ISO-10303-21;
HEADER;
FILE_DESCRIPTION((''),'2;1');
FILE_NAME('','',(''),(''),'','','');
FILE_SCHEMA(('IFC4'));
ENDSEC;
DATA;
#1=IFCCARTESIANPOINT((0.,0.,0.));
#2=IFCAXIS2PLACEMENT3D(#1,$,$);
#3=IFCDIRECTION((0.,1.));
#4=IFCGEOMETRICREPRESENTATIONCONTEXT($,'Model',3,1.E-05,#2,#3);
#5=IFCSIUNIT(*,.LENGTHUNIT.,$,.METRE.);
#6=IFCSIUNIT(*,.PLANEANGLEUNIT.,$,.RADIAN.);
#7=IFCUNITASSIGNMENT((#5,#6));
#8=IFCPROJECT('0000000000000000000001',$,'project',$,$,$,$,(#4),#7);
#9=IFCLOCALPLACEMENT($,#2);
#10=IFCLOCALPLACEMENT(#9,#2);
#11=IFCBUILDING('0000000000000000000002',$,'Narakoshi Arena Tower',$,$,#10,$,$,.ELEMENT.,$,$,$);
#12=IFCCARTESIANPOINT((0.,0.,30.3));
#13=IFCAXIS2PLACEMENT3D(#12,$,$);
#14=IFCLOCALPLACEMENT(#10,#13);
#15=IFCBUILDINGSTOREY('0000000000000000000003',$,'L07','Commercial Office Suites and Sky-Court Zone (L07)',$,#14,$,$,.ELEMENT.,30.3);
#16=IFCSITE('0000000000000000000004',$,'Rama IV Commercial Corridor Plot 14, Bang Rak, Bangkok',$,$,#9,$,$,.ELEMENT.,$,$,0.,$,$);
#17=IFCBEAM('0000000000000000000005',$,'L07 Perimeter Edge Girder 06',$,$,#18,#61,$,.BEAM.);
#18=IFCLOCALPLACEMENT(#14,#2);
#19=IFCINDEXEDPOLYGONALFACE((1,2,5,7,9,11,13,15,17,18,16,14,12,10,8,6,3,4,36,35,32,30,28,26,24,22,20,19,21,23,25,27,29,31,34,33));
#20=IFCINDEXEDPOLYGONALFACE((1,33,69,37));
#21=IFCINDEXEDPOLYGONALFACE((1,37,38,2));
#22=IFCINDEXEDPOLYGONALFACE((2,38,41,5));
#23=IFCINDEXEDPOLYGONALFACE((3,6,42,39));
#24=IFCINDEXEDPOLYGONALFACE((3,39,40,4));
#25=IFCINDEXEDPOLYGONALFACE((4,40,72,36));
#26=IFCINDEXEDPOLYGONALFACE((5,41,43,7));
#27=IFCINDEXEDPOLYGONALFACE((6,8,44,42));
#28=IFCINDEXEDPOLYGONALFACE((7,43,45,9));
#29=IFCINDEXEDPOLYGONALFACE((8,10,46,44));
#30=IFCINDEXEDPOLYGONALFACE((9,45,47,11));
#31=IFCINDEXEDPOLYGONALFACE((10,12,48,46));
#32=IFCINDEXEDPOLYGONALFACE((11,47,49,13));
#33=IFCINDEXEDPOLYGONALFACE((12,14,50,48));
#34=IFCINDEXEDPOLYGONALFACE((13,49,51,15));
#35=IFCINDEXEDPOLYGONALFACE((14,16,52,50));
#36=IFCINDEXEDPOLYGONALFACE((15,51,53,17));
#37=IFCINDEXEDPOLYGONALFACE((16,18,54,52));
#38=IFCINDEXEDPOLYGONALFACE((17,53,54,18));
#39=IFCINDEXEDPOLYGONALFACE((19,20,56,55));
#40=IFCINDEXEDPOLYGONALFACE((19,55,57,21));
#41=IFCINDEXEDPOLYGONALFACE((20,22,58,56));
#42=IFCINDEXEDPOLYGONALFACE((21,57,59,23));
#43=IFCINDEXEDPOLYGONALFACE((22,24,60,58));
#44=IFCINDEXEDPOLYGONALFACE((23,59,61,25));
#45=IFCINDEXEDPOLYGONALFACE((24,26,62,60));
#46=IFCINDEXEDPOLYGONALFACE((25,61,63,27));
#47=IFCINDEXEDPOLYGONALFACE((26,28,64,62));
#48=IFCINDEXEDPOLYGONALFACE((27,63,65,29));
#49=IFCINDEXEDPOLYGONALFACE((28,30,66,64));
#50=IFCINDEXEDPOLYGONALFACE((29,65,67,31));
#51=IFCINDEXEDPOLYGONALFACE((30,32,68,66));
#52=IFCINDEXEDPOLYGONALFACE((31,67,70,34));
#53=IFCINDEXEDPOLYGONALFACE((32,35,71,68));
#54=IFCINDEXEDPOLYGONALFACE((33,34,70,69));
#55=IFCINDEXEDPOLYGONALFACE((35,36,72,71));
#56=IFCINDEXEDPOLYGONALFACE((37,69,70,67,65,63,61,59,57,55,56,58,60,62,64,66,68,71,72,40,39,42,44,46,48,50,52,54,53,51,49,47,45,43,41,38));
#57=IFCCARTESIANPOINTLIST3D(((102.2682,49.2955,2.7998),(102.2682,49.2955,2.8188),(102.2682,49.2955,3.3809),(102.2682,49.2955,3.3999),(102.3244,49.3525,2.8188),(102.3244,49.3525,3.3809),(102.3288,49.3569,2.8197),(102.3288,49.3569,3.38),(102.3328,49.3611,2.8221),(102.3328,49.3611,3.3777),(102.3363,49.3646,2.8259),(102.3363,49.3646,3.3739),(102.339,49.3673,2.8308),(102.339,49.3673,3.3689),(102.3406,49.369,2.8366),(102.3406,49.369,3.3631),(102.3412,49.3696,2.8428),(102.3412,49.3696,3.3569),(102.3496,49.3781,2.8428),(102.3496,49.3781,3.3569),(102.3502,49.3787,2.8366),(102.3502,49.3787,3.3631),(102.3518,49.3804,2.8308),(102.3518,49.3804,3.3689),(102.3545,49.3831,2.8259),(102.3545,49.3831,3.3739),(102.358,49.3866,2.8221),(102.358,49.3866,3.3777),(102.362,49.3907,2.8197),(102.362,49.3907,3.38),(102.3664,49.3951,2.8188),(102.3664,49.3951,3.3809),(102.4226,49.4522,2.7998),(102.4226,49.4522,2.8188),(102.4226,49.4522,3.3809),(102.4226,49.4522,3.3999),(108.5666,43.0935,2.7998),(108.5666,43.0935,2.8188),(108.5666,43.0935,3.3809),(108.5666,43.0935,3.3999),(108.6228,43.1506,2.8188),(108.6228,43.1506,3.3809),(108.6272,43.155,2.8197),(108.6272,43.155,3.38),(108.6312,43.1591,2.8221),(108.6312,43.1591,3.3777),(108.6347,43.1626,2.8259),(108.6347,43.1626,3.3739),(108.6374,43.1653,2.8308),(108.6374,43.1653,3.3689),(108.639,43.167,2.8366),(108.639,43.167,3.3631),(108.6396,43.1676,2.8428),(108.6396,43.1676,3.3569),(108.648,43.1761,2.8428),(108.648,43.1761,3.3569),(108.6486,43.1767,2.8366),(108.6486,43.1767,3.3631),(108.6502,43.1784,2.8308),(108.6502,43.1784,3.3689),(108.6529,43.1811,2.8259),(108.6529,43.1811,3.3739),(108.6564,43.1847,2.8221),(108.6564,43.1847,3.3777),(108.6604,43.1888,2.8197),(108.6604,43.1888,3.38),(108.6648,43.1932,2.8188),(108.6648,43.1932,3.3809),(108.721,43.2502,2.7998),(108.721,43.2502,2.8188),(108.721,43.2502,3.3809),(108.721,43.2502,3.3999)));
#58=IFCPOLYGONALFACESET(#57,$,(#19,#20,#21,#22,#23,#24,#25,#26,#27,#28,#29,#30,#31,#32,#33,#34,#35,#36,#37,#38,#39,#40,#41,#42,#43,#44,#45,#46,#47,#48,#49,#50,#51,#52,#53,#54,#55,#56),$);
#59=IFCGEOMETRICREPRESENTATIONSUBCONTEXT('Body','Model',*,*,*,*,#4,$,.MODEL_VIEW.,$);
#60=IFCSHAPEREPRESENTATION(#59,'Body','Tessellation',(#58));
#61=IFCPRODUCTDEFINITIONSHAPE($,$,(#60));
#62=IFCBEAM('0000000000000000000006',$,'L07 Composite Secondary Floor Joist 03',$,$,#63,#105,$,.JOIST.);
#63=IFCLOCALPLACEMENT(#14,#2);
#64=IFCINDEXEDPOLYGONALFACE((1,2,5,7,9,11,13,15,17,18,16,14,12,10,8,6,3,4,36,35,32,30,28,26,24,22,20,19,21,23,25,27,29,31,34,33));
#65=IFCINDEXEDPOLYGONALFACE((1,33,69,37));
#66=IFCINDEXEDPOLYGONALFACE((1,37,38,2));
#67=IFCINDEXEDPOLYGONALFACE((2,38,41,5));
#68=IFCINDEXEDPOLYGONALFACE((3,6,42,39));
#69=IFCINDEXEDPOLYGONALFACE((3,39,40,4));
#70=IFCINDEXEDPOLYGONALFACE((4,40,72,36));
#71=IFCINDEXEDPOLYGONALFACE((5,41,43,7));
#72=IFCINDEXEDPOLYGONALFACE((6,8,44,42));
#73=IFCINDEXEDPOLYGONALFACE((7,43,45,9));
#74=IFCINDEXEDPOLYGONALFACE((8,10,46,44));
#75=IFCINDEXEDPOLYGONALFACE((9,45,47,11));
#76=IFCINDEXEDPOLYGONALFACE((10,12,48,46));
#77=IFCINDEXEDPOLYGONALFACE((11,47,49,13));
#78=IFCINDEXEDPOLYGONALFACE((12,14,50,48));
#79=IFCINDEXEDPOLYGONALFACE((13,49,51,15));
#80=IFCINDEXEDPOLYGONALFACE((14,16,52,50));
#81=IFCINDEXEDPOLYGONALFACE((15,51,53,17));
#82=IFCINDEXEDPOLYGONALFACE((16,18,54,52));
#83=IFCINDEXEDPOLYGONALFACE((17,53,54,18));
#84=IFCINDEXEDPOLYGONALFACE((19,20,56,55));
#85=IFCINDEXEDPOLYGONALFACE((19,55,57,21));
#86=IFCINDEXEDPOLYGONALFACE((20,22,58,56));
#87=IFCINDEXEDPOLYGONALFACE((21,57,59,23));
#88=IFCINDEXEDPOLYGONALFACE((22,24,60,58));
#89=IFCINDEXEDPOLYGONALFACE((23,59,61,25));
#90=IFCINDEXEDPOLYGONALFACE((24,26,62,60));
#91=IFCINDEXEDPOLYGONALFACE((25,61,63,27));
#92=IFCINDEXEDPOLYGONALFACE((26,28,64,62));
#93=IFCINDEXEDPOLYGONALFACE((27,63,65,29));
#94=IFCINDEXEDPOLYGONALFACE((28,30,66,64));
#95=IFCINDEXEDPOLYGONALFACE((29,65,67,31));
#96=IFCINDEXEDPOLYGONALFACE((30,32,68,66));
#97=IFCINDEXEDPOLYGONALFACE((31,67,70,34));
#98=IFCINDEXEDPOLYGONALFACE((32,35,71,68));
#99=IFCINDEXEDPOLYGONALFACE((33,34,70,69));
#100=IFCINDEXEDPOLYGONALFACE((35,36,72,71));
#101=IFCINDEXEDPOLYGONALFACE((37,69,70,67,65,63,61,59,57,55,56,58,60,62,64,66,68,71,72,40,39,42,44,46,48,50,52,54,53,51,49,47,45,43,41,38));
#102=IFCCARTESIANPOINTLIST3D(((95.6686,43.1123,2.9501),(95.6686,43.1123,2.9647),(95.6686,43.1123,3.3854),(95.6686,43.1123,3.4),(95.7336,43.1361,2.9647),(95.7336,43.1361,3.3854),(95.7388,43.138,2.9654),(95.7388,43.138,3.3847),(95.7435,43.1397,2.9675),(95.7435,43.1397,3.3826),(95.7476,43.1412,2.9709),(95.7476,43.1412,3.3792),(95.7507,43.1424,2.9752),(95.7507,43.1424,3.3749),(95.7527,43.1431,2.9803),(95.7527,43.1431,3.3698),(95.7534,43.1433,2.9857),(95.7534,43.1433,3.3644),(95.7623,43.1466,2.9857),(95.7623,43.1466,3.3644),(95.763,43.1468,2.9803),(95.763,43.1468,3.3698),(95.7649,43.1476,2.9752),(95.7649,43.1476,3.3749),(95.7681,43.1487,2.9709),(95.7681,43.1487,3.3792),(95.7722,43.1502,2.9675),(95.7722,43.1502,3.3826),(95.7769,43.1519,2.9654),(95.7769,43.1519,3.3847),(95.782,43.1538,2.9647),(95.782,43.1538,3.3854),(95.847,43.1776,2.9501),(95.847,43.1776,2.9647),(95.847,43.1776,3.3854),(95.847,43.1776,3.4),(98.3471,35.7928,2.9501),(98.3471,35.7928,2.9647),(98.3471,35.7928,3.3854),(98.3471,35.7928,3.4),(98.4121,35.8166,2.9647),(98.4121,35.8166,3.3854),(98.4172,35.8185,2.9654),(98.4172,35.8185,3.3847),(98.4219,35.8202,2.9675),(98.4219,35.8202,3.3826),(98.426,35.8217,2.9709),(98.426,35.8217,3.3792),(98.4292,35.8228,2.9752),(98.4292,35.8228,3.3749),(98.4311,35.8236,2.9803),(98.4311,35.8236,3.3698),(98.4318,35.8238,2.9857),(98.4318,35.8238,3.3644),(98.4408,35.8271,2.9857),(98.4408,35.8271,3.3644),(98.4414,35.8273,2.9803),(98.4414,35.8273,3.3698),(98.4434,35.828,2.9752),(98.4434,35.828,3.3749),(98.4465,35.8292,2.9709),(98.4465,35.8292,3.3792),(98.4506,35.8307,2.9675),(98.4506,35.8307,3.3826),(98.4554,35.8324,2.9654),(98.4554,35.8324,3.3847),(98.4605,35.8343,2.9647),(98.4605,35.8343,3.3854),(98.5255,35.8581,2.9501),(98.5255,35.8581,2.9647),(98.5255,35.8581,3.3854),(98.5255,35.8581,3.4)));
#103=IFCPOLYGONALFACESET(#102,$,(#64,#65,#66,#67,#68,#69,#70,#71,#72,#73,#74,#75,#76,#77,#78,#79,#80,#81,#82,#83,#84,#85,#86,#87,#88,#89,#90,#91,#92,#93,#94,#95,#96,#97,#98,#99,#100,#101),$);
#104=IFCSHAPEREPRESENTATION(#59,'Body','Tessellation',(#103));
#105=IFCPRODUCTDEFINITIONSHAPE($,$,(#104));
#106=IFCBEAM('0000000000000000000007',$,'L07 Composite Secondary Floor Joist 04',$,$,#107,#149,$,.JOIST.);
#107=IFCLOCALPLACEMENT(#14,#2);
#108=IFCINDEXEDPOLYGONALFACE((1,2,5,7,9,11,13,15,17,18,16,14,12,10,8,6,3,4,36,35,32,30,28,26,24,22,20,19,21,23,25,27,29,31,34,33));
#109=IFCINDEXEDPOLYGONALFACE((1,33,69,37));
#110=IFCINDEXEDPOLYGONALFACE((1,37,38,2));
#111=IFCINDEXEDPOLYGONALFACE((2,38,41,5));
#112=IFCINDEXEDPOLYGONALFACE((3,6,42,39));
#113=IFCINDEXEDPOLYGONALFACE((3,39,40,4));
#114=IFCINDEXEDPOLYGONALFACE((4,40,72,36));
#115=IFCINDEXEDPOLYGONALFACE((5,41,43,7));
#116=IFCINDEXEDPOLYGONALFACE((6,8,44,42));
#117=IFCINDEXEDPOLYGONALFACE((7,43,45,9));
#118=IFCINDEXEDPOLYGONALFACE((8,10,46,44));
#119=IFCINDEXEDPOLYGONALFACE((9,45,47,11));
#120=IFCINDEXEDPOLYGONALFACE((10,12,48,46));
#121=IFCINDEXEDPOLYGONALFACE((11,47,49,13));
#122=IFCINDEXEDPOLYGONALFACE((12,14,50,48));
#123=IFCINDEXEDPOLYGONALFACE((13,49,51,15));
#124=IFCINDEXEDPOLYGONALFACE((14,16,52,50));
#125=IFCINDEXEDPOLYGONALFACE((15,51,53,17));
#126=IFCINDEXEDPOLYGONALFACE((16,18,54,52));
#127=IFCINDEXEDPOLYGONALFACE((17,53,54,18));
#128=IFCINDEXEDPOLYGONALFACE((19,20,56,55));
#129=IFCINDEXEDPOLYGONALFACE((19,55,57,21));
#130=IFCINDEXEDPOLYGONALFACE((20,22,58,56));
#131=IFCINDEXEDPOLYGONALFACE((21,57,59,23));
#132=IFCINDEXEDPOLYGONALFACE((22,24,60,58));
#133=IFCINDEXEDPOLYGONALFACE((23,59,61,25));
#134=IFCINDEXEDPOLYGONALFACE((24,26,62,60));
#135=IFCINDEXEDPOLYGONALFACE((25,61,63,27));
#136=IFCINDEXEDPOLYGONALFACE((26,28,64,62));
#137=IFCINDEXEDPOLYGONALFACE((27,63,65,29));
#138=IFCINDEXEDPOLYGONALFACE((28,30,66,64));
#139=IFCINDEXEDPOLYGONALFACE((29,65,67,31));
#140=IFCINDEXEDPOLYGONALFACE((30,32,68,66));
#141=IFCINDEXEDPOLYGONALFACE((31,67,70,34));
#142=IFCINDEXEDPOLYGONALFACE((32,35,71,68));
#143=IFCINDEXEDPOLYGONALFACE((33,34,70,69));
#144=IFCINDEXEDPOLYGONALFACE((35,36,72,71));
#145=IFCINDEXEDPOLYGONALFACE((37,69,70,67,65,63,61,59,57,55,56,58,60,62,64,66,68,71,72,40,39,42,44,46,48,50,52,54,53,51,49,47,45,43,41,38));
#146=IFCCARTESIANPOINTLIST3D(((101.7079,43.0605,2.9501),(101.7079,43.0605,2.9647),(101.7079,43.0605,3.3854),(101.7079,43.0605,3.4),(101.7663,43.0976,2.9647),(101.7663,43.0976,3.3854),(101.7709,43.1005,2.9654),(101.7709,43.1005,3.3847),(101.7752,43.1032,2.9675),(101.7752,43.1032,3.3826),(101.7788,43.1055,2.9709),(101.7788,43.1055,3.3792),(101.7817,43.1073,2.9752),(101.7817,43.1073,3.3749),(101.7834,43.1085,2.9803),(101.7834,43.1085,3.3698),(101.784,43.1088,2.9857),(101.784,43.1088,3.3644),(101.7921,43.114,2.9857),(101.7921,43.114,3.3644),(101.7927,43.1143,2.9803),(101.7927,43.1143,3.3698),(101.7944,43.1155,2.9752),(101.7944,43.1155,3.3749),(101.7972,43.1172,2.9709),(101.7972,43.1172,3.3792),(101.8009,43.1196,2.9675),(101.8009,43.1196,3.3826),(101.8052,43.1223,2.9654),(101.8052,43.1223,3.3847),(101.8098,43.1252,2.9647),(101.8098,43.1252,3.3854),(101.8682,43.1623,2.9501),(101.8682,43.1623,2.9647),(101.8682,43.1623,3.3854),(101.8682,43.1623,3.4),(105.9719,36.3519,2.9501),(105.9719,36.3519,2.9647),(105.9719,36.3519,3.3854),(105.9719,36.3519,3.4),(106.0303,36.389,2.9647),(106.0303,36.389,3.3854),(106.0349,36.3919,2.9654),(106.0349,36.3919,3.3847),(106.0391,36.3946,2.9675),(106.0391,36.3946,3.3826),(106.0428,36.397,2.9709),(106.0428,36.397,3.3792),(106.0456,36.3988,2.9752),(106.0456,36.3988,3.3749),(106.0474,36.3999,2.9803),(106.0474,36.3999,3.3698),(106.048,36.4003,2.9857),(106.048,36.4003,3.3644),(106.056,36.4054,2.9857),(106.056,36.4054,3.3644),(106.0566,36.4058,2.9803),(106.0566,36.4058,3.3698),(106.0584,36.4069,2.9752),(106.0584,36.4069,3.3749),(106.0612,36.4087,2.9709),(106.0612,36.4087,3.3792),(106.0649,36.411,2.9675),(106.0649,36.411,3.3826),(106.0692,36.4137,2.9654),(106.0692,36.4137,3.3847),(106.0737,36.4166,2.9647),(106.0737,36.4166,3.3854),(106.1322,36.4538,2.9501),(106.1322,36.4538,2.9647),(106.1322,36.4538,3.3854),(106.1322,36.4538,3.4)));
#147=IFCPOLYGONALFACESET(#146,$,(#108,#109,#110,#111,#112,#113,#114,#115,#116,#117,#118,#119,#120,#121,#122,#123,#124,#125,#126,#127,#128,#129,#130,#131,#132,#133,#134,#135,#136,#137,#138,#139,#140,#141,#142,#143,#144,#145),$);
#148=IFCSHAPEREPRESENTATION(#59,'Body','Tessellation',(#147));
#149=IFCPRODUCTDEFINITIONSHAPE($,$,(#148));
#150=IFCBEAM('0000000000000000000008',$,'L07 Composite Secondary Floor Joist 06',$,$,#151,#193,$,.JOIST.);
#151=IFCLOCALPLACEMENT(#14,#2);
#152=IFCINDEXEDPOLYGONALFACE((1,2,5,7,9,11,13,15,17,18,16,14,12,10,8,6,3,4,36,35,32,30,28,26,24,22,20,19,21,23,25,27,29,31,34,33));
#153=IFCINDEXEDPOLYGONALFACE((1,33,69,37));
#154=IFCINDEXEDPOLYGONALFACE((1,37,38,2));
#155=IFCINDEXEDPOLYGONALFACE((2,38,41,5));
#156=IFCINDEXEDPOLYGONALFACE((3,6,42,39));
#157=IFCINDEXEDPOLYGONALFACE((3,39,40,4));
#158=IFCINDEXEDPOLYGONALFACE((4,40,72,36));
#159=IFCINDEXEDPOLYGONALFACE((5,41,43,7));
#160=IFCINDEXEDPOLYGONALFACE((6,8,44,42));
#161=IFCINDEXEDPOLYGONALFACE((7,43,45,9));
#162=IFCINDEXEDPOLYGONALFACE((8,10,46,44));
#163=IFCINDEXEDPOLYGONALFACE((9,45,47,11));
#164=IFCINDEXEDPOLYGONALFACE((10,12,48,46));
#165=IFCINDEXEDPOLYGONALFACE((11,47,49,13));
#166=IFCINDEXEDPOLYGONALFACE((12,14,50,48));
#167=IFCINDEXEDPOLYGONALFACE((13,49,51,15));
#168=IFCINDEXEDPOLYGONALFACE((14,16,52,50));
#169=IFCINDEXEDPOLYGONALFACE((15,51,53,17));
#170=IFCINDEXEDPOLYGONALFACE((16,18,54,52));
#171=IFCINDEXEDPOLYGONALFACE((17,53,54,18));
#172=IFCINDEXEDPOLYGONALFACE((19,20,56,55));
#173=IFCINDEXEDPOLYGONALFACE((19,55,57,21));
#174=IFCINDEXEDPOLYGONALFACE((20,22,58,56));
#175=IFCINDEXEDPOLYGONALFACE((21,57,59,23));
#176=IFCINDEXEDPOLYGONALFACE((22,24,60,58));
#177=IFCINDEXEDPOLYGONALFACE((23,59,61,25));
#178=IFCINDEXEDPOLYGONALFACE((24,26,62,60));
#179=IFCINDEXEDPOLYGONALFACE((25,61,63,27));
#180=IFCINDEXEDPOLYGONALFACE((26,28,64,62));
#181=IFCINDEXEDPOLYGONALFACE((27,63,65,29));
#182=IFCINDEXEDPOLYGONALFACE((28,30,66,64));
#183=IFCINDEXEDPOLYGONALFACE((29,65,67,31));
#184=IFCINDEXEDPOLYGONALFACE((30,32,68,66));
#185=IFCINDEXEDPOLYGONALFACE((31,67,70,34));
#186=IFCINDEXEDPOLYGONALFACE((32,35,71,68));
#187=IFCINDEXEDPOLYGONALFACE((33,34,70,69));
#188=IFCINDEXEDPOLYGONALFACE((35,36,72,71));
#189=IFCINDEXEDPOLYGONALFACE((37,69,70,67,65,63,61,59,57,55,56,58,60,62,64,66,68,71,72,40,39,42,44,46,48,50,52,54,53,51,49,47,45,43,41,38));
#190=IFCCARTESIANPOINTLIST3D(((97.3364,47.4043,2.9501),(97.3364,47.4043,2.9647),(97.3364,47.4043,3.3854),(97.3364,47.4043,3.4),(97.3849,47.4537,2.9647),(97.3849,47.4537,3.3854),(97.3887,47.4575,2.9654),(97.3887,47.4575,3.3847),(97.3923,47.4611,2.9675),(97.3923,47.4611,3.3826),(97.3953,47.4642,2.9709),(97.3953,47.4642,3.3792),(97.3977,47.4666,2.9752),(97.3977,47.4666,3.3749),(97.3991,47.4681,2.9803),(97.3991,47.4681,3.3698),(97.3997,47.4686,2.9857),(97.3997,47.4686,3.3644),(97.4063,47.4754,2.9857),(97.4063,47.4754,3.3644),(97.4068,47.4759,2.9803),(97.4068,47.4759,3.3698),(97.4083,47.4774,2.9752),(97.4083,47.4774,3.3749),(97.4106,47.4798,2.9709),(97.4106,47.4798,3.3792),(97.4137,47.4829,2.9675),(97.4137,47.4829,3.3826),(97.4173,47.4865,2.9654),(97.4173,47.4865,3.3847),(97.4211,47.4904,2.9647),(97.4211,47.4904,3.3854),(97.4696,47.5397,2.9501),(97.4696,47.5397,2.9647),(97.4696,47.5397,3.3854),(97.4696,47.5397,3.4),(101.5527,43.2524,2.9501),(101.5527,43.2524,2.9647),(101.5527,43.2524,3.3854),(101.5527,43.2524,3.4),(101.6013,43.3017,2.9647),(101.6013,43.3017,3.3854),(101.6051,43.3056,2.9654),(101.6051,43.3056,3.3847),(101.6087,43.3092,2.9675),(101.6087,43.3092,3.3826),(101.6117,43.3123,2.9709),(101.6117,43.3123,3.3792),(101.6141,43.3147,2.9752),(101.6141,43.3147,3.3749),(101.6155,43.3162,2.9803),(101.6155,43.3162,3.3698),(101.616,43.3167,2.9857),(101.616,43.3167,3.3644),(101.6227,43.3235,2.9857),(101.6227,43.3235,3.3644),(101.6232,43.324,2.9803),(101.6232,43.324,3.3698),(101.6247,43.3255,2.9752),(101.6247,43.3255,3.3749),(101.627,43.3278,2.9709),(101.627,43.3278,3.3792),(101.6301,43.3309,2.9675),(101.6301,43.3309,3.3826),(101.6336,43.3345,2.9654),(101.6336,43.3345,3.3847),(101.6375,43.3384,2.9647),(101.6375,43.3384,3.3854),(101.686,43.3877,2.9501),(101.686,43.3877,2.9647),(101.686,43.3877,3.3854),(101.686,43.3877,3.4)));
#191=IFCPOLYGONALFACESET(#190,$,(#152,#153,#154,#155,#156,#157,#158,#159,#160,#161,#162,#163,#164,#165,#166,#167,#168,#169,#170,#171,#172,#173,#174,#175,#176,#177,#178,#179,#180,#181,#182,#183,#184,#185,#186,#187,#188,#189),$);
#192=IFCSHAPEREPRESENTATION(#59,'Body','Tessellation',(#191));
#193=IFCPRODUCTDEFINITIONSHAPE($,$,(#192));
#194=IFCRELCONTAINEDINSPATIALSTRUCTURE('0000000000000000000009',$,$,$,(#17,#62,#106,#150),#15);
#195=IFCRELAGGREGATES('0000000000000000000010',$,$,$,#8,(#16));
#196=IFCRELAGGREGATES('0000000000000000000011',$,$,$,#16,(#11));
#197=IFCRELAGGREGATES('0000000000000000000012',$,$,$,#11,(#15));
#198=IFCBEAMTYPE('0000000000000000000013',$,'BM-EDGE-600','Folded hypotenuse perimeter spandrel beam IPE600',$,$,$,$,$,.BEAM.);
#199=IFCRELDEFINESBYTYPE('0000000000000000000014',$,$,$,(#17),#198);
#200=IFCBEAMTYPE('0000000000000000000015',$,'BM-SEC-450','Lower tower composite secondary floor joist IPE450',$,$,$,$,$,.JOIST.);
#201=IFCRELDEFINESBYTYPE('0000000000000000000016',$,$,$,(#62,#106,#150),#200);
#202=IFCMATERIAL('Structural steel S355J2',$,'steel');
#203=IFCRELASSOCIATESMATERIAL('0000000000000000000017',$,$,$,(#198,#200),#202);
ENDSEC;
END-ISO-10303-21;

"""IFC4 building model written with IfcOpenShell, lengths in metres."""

from ifc_helpers import new_model, si_unit, direction, frame, origin, origin_2d, place, context, subcontext, project, spatial, i_section, extrude, material, material_profile, profile_set, type_object, element, save


model = new_model("IFC4")

# Units and contexts
model_context = context("Model", 3, precision=1e-05, world=origin(), true_north=direction((0.0, 1.0)))
body_context = subcontext(model_context, "Body", "Model", "MODEL_VIEW")
ifc_project = project(units=[si_unit("LENGTHUNIT", "METRE"), si_unit("PLANEANGLEUNIT", "RADIAN")], contexts=[model_context])

# Site, building, storey
site_placement = place(None, origin())
site = spatial("IfcSite", under=ifc_project, at=site_placement, Name="Rama IV Commercial Corridor Plot 14, Bang Rak, Bangkok", CompositionType="ELEMENT", RefElevation=0.0)
building_placement = place(site_placement, origin())
building = spatial("IfcBuilding", under=site, at=building_placement, Name="Narakoshi Arena Tower", CompositionType="ELEMENT")
storey_placement = place(building_placement, frame((0.0, 0.0, 30.3)))
storey = spatial("IfcBuildingStorey", under=building, at=storey_placement, Name="L07", Description="Commercial Office Suites and Sky-Court Zone (L07)", CompositionType="ELEMENT", Elevation=30.3)

# Beams
ifc_material_1 = material(Name="Structural steel S355J2", Category="steel")
ifc_material_profile_1 = material_profile(ifc_material_1, i_section(OverallWidth=0.22, OverallDepth=0.6001, WebThickness=0.012, FlangeThickness=0.019, FilletRadius=0.0239, at=origin_2d()), Name="IPE600")
ifc_profile_set_1 = profile_set([ifc_material_profile_1], Name="Structural steel S355J2")
beam_type_1 = type_object("IfcBeamType", Name="BM-EDGE-600", Description="Folded hypotenuse perimeter spandrel beam IPE600", PredefinedType="BEAM", material=ifc_profile_set_1)
for number, where, z_axis, x_axis, name in (
    (1, (108.6438, 43.1719, 3.0999), (-0.712541, 0.701631, 0.0), (-0.701631, -0.712541, 0.0), "L07 Perimeter Edge Girder 06"),
):
    element("IfcBeam", number, at=place(storey_placement, frame(where, z_axis=z_axis, x_axis=x_axis)), inside=storey, type_object=beam_type_1, Name=name, PredefinedType="BEAM", context=body_context, shape_type="SweptSolid", body=[
        extrude(i_section(OverallWidth=0.22, OverallDepth=0.6001, WebThickness=0.012, FlangeThickness=0.019, FilletRadius=0.0239, at=origin_2d()), origin(), (0.0, 0.0, 1.0), 8.8394),
    ])
ifc_material_profile_2 = material_profile(ifc_material_1, i_section(OverallWidth=0.1899, OverallDepth=0.45, WebThickness=0.0095, FlangeThickness=0.0146, FilletRadius=0.021, at=origin_2d()), Name="IPE450")
ifc_profile_set_2 = profile_set([ifc_material_profile_2], Name="Structural steel S355J2")
beam_type_2 = type_object("IfcBeamType", Name="BM-SEC-450", Description="Lower tower composite secondary floor joist IPE450", PredefinedType="JOIST", material=ifc_profile_set_2)
beam_1_placement = place(storey_placement, frame((98.4363, 35.8254, 3.175), z_axis=(-0.343646, 0.939099, 0.0), x_axis=(-0.939099, -0.343646, 0.0)))
element("IfcBeam", 2, at=beam_1_placement, inside=storey, type_object=beam_type_2, Name="L07 Composite Secondary Floor Joist 03", PredefinedType="JOIST", context=body_context, shape_type="SweptSolid", body=[
    extrude(i_section(OverallWidth=0.1899, OverallDepth=0.45, WebThickness=0.0095, FlangeThickness=0.0146, FilletRadius=0.021, at=origin_2d()), origin(), (0.0, 0.0, 1.0), 7.7942),
])
beam_2_placement = place(storey_placement, frame((106.052, 36.4028, 3.175), z_axis=(-0.536416, 0.843954, 0.0), x_axis=(-0.843954, -0.536416, 0.0)))
element("IfcBeam", 3, at=beam_2_placement, inside=storey, type_object=beam_type_2, Name="L07 Composite Secondary Floor Joist 04", PredefinedType="JOIST", context=body_context, shape_type="SweptSolid", body=[
    extrude(i_section(OverallWidth=0.1899, OverallDepth=0.45, WebThickness=0.0095, FlangeThickness=0.0146, FilletRadius=0.021, at=origin_2d()), origin(), (0.0, 0.0, 1.0), 7.949),
])
beam_3_placement = place(storey_placement, frame((101.6194, 43.3201, 3.175), z_axis=(-0.712532, 0.70164, 0.0), x_axis=(-0.70164, -0.712532, 0.0)))
element("IfcBeam", 4, at=beam_3_placement, inside=storey, type_object=beam_type_2, Name="L07 Composite Secondary Floor Joist 06", PredefinedType="JOIST", context=body_context, shape_type="SweptSolid", body=[
    extrude(i_section(OverallWidth=0.1899, OverallDepth=0.45, WebThickness=0.0095, FlangeThickness=0.0146, FilletRadius=0.021, at=origin_2d()), origin(), (0.0, 0.0, 1.0), 5.9175),
])

save(model, "model.ifc")
